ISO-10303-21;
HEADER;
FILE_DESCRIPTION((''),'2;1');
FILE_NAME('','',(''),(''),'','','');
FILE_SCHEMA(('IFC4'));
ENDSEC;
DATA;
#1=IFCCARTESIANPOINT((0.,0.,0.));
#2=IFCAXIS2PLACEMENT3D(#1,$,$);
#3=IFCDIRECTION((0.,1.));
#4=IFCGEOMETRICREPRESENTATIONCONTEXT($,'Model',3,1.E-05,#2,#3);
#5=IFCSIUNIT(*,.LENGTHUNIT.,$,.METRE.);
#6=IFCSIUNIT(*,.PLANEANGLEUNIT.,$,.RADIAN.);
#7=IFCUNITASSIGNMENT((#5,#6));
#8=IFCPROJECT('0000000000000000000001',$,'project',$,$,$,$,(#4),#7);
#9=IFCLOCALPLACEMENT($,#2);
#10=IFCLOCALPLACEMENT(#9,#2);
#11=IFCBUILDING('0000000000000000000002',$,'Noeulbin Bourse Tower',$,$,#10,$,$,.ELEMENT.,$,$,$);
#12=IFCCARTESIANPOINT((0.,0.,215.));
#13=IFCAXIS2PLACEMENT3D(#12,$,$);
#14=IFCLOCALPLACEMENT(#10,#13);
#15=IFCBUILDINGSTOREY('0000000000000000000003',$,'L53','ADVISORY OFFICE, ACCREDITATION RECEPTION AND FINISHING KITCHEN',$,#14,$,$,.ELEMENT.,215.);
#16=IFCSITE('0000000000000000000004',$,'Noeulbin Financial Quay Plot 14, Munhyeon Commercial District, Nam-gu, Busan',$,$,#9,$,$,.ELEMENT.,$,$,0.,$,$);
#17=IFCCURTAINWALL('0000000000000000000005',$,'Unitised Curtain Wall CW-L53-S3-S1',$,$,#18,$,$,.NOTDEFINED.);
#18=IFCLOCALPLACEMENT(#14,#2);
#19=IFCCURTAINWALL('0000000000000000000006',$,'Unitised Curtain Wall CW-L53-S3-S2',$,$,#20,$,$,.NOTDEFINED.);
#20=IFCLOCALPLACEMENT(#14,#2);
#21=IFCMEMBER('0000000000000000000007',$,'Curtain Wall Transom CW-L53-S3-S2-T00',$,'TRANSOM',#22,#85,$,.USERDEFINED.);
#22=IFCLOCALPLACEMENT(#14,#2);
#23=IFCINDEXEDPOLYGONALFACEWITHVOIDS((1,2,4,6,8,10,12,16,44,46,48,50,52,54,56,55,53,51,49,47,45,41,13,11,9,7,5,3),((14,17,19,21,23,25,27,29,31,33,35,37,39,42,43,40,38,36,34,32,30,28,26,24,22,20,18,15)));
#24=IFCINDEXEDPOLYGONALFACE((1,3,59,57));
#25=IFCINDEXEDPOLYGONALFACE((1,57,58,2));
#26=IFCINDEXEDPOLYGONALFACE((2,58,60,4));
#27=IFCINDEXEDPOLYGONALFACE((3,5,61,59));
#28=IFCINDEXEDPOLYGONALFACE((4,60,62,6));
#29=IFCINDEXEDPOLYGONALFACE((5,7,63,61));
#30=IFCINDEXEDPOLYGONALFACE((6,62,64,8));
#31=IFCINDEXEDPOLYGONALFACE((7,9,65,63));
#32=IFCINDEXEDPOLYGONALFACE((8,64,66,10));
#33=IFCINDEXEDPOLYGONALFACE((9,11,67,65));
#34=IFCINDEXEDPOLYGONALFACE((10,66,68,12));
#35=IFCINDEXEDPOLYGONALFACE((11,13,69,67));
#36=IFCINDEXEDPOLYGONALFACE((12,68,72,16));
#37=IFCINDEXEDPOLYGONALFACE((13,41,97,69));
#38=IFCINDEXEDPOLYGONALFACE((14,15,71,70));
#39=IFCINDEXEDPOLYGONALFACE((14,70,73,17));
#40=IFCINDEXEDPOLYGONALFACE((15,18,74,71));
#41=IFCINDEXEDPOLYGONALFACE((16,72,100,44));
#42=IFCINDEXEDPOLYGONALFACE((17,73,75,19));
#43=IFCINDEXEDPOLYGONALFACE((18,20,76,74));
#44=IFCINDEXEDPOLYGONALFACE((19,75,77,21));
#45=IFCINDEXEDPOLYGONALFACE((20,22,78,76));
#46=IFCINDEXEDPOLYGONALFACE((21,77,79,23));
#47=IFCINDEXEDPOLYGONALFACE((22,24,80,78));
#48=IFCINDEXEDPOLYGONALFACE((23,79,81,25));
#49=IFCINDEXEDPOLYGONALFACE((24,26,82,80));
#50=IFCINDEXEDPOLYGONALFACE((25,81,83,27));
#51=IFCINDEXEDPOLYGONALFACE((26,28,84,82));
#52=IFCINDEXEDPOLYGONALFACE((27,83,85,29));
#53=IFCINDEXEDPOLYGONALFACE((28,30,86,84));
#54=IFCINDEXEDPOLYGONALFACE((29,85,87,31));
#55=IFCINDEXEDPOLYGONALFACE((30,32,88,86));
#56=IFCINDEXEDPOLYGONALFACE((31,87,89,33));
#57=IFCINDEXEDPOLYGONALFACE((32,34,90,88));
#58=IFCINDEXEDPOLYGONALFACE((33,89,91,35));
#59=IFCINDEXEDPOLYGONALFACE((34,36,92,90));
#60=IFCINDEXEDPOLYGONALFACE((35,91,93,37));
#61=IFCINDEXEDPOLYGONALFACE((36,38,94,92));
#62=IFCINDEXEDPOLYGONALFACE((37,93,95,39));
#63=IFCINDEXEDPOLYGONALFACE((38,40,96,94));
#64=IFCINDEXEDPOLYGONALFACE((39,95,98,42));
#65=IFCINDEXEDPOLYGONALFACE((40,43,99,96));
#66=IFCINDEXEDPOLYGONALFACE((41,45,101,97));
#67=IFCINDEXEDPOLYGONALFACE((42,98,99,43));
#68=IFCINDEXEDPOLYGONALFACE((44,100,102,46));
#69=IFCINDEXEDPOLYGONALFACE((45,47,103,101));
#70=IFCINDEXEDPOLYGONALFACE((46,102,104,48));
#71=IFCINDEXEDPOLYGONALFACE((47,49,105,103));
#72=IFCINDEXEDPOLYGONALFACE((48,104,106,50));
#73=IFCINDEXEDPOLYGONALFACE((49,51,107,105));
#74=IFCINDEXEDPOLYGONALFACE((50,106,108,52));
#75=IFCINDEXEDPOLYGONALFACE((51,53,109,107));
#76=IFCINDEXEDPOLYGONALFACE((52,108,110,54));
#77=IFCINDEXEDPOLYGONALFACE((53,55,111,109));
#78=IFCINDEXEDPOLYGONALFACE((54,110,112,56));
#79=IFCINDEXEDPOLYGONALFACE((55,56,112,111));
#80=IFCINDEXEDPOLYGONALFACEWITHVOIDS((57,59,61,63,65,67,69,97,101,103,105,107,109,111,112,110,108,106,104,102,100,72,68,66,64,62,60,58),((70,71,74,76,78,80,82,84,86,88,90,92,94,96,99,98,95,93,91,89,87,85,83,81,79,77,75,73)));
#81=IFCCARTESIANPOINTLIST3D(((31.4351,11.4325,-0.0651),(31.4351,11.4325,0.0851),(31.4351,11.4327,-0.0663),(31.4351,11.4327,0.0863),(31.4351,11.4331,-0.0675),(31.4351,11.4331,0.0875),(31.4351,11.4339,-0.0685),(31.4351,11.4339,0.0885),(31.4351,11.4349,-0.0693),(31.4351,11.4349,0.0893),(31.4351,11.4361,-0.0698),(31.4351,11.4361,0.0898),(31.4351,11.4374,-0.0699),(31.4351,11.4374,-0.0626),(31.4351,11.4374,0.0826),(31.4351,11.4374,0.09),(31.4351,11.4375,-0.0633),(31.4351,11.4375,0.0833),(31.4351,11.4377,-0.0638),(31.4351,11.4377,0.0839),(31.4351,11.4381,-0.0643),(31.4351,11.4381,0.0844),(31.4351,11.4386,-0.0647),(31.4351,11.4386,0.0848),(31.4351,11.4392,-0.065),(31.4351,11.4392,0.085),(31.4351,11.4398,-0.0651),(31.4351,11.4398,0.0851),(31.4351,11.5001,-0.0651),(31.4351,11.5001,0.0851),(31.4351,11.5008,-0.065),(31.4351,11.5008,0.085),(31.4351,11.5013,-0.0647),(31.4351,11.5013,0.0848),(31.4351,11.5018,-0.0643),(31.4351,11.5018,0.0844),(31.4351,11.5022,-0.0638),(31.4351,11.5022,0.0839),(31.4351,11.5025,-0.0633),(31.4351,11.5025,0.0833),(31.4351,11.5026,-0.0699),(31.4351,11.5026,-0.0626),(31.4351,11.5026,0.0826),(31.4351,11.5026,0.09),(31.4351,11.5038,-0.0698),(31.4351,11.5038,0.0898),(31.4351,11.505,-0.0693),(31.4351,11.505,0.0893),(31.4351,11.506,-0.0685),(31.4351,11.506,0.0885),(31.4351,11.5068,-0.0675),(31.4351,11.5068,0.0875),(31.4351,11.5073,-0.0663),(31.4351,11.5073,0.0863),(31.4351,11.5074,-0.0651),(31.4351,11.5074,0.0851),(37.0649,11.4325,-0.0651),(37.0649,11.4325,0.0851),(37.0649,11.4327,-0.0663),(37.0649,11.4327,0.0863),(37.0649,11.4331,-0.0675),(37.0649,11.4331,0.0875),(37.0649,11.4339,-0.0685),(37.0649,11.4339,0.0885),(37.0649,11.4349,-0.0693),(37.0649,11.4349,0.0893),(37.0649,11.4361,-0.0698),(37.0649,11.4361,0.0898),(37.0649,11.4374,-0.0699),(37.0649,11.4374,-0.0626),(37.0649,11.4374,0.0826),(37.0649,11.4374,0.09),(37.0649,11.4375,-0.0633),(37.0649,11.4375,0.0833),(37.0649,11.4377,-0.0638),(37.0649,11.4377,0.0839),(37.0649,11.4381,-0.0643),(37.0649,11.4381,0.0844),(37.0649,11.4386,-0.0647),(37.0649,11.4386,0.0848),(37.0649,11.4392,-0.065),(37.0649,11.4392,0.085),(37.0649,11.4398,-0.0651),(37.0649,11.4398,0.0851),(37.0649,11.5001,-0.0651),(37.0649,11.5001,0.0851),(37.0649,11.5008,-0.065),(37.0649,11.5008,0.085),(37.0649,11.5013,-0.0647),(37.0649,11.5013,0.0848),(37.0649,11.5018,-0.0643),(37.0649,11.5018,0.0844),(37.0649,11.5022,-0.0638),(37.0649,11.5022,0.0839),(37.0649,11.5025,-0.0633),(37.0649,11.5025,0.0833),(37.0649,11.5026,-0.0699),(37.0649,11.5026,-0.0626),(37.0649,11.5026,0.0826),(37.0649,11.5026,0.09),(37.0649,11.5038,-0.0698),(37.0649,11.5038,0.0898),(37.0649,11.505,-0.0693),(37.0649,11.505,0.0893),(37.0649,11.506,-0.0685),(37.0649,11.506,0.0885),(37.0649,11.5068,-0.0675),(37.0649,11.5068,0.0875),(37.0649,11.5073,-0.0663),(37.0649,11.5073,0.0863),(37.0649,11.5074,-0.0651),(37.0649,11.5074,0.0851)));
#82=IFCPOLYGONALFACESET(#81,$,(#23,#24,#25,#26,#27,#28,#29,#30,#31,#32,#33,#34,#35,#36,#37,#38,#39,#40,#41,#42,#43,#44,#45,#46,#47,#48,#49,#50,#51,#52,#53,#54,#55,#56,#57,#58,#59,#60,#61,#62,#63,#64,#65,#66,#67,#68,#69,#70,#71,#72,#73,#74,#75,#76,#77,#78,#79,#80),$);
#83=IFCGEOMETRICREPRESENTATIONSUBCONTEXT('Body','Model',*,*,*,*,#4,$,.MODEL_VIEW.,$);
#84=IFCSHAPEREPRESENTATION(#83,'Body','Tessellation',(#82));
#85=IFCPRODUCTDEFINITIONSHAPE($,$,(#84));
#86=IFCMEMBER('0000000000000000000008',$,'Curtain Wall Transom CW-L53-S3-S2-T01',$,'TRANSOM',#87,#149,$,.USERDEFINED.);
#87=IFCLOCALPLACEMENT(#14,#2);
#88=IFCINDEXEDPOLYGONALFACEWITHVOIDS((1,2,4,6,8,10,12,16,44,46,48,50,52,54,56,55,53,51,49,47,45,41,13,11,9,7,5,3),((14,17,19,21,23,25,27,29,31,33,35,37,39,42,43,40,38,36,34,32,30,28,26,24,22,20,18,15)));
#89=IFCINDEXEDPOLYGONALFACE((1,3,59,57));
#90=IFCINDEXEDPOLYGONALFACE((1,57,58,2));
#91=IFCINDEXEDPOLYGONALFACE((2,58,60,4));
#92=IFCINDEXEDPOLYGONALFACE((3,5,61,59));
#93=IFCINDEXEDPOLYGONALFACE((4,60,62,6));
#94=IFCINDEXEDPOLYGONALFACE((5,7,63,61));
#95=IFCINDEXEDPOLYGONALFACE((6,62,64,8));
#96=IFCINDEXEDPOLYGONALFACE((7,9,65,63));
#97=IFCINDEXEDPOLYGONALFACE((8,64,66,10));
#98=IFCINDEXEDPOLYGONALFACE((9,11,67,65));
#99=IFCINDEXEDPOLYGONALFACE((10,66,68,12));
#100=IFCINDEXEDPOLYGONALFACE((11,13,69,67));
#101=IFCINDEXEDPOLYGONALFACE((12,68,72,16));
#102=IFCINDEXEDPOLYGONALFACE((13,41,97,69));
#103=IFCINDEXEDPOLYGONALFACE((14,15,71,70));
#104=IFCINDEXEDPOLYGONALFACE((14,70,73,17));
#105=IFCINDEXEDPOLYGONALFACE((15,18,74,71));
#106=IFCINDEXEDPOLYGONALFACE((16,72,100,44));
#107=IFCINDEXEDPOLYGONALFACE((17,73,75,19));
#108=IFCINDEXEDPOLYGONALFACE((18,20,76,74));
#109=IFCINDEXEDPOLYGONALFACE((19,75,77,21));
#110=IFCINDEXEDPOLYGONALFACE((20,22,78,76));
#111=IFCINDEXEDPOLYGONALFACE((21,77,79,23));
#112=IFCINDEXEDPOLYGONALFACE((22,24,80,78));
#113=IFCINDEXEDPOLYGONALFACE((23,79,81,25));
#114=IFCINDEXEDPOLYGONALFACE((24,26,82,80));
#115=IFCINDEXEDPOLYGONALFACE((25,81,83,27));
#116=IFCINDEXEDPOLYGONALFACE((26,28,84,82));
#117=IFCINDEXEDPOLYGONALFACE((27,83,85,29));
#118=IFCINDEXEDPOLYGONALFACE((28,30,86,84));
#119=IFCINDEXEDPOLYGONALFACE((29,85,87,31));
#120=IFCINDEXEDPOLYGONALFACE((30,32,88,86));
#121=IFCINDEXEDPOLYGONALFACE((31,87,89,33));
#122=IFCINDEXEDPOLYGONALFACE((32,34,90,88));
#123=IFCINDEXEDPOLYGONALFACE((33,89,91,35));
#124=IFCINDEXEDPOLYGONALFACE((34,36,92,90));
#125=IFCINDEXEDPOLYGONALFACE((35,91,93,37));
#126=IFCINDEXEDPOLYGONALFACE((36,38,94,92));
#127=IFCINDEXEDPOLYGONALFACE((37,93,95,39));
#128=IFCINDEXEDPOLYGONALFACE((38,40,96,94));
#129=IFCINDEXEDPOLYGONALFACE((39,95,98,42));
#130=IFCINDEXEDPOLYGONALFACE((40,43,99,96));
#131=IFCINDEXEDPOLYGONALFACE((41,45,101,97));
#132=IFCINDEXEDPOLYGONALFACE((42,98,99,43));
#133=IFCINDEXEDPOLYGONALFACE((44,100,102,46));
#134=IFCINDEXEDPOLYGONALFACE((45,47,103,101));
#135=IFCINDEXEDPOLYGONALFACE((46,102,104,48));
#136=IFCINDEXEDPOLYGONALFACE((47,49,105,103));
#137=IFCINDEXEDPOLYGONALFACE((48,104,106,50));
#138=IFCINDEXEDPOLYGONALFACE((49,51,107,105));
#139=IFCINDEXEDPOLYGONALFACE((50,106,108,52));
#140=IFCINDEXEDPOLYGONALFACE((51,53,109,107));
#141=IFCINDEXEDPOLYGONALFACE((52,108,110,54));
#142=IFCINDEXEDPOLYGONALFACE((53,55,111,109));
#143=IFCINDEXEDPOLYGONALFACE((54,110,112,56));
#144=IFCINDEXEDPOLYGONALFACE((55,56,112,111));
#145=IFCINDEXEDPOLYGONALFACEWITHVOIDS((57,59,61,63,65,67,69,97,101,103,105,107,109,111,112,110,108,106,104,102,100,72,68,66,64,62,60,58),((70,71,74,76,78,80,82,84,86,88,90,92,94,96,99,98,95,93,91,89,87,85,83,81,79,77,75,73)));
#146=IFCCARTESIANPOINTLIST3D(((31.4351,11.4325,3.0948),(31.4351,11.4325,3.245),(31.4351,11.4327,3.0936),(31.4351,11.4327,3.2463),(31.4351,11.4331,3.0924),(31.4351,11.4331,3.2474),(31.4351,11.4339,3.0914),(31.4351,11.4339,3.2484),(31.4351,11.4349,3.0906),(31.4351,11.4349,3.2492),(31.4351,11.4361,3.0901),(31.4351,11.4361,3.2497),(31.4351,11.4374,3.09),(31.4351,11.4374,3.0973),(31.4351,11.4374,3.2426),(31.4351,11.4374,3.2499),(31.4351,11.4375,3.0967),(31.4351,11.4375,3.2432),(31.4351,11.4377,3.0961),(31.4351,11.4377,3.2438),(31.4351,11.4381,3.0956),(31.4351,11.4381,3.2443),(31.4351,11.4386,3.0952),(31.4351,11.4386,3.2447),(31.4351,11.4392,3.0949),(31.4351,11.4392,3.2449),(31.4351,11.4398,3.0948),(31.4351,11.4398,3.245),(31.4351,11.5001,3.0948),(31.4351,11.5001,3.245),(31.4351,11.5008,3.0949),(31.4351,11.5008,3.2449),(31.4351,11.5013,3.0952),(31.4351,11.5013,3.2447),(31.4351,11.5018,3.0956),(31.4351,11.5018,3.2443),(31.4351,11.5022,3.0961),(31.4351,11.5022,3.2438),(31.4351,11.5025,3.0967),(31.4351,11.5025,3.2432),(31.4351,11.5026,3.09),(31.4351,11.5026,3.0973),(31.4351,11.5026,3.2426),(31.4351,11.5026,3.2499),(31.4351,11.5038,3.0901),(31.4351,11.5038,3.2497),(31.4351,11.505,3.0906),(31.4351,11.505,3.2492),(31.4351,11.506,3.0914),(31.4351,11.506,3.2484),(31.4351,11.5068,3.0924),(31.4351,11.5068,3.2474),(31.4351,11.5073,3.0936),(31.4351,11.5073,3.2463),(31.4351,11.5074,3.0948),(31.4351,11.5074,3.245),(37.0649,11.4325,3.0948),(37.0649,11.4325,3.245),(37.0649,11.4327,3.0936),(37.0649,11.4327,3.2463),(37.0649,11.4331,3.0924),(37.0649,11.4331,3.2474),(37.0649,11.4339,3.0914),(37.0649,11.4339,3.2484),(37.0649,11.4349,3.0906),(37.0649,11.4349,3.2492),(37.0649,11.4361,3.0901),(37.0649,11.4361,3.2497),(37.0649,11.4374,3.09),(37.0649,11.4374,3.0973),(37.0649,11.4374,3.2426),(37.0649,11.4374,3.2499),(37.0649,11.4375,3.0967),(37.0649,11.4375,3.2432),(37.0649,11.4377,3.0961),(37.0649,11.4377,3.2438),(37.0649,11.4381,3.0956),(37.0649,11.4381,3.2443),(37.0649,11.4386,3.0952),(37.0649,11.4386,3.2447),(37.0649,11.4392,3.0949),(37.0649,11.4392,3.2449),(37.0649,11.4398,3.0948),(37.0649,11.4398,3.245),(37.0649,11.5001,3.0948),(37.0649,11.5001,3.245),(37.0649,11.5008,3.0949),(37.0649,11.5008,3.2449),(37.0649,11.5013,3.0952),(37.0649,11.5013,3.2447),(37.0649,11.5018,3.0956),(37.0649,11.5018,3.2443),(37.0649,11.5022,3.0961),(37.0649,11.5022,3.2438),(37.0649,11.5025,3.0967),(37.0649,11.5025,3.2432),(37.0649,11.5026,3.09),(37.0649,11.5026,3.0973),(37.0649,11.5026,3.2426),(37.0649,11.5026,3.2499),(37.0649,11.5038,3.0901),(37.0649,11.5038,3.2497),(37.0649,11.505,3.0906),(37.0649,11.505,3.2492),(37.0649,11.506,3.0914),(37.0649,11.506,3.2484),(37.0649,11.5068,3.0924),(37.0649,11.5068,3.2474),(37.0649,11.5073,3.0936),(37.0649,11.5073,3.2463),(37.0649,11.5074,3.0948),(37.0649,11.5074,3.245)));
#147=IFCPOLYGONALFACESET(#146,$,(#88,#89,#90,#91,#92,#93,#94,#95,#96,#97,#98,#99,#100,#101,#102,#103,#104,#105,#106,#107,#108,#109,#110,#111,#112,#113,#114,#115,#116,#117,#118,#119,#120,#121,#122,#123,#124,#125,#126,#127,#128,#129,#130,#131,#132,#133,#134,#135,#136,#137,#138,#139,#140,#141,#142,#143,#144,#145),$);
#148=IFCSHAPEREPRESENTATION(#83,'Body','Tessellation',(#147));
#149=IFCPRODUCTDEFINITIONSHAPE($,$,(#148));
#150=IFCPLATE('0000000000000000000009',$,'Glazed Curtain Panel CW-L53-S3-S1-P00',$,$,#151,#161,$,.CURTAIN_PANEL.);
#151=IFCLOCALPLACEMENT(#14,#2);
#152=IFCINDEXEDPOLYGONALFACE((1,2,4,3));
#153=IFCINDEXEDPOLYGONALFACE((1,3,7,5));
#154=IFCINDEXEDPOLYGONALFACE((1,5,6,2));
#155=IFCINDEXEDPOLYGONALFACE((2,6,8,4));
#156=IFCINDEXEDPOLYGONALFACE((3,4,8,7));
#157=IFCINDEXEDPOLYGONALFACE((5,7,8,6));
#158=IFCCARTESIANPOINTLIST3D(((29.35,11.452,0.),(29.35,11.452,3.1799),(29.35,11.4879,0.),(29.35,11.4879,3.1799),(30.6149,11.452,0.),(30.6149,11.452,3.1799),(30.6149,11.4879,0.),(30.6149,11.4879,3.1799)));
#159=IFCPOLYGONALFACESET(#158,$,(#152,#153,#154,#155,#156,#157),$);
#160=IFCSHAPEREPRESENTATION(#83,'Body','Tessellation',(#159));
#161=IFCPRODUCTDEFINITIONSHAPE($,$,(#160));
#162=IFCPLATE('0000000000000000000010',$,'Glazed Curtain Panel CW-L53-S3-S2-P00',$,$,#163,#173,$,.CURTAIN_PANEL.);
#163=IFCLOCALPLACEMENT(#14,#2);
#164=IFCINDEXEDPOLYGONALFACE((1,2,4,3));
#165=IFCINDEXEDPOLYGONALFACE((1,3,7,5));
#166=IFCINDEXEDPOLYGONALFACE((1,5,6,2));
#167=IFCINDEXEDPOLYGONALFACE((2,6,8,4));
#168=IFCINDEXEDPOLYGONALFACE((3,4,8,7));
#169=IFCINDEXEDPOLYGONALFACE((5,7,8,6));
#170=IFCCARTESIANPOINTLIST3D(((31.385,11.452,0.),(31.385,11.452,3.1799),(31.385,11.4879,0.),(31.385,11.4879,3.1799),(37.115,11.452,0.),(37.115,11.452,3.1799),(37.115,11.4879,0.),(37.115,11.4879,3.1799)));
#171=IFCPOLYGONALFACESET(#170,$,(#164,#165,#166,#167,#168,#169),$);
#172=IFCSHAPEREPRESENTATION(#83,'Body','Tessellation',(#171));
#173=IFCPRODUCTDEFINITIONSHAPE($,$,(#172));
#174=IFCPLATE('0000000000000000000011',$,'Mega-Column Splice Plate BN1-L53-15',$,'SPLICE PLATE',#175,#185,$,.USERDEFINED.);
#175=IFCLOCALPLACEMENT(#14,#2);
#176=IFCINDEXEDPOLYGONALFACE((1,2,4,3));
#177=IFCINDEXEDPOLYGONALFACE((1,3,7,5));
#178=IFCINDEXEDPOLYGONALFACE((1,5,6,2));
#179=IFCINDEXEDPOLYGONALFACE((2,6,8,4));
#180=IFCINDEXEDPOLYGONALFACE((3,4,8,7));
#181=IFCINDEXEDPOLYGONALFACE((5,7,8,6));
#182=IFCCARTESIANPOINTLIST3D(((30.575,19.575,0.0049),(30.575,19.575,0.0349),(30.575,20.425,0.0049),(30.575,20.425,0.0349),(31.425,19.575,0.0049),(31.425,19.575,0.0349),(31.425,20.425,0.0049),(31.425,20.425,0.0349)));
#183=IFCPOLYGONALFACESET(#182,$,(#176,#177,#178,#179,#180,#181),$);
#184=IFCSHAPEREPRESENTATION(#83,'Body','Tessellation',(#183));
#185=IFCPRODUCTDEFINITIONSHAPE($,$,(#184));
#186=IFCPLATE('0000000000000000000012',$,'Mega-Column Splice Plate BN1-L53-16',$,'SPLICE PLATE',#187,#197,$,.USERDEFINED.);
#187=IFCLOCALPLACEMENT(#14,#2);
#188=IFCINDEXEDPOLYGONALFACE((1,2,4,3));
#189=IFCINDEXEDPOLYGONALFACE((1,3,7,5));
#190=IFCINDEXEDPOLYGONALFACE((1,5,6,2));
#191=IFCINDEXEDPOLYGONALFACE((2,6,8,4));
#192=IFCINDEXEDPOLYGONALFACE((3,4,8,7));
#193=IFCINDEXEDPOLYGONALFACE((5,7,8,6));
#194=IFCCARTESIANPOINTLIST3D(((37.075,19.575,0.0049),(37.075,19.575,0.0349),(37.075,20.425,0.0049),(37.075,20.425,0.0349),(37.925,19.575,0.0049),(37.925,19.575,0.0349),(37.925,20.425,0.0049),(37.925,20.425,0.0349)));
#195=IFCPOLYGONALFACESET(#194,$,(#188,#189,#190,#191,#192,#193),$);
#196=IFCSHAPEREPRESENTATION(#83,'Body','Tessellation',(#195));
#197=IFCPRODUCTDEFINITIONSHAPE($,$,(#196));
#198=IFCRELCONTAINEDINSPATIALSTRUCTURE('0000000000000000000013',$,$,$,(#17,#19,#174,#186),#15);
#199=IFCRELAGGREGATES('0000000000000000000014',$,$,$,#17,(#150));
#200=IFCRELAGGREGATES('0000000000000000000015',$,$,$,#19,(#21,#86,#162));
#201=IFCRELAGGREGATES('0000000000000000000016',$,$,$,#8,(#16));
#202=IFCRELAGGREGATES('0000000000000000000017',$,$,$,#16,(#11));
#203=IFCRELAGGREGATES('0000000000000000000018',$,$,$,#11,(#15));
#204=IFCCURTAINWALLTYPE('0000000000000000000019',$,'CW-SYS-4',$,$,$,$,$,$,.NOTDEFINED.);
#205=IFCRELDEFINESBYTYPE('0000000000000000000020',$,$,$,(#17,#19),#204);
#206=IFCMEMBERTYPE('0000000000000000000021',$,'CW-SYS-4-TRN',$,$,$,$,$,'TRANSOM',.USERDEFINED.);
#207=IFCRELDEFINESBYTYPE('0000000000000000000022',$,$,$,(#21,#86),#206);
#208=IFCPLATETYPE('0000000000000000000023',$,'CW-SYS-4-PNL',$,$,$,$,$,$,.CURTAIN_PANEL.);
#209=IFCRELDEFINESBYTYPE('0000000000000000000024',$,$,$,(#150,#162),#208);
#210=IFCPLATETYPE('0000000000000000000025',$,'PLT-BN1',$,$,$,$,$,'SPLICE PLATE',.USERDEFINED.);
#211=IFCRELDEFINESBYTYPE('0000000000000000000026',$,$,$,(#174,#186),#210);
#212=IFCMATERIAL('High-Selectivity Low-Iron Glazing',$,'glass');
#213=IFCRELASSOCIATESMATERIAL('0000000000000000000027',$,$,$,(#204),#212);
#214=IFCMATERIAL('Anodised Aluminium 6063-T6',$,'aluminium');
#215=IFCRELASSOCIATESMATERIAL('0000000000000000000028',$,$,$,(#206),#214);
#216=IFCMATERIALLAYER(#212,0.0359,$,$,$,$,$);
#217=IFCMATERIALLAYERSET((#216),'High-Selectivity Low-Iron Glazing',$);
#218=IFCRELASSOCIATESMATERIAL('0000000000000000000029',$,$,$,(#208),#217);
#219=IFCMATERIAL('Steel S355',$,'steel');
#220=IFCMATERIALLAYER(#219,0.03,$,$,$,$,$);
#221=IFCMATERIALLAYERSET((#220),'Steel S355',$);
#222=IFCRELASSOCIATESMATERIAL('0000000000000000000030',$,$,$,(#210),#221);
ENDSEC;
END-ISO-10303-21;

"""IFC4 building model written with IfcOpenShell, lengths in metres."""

from ifc_helpers import new_model, si_unit, direction, frame, origin, origin_2d, place, context, subcontext, project, spatial, rectangle, hollow_rectangle, extrude, material, layer, layer_set, material_profile, profile_set, type_object, element, aggregate, save


model = new_model("IFC4")

# Units and contexts
model_context = context("Model", 3, precision=1e-05, world=origin(), true_north=direction((0.0, 1.0)))
body_context = subcontext(model_context, "Body", "Model", "MODEL_VIEW")
ifc_project = project(units=[si_unit("LENGTHUNIT", "METRE"), si_unit("PLANEANGLEUNIT", "RADIAN")], contexts=[model_context])

# Site, building, storey
site_placement = place(None, origin())
site = spatial("IfcSite", under=ifc_project, at=site_placement, Name="Noeulbin Financial Quay Plot 14, Munhyeon Commercial District, Nam-gu, Busan", CompositionType="ELEMENT", RefElevation=0.0)
building_placement = place(site_placement, origin())
building = spatial("IfcBuilding", under=site, at=building_placement, Name="Noeulbin Bourse Tower", CompositionType="ELEMENT")
storey_placement = place(building_placement, frame((0.0, 0.0, 215.0)))
storey = spatial("IfcBuildingStorey", under=building, at=storey_placement, Name="L53", Description="ADVISORY OFFICE, ACCREDITATION RECEPTION AND FINISHING KITCHEN", CompositionType="ELEMENT", Elevation=215.0)

# Shared definitions
ifc_material_1 = material(Name="Steel S355", Category="steel")

# Curtain walls
ifc_material_2 = material(Name="High-Selectivity Low-Iron Glazing", Category="glass")
curtain_wall_type = type_object("IfcCurtainWallType", Name="CW-SYS-4", PredefinedType="NOTDEFINED", material=ifc_material_2)
curtain_wall_1_placement = place(storey_placement, origin())
curtain_wall_1 = element("IfcCurtainWall", 1, at=curtain_wall_1_placement, inside=storey, type_object=curtain_wall_type, Name="Unitised Curtain Wall CW-L53-S3-S1", PredefinedType="NOTDEFINED")
ifc_material_3 = material(Name="Anodised Aluminium 6063-T6", Category="aluminium")
curtain_wall_2_placement = place(storey_placement, origin())
curtain_wall_2 = element("IfcCurtainWall", 2, at=curtain_wall_2_placement, inside=storey, type_object=curtain_wall_type, Name="Unitised Curtain Wall CW-L53-S3-S2", PredefinedType="NOTDEFINED")

# Members
ifc_material_profile_1 = material_profile(ifc_material_3, hollow_rectangle(XDim=0.075, YDim=0.1599, WallThickness=0.0049, InnerFilletRadius=0.0024, OuterFilletRadius=0.0049, at=origin_2d()), Name="ALU-TRAN-75x160x5", Category="LoadBearing")
ifc_profile_set_1 = profile_set([ifc_material_profile_1], Name="Anodised Aluminium 6063-T6")
member_type_1 = type_object("IfcMemberType", Name="CW-SYS-4-TRN", ElementType="TRANSOM", PredefinedType="USERDEFINED", material=ifc_profile_set_1)
member_1_placement = place(storey_placement, frame((31.4351, 11.47, 0.01), z_axis=(1.0, 0.0, 0.0), x_axis=(0.0, 1.0, 0.0)))
member_1 = element("IfcMember", 3, at=member_1_placement, type_object=member_type_1, Name="Curtain Wall Transom CW-L53-S3-S2-T00", ObjectType="TRANSOM", PredefinedType="USERDEFINED", context=body_context, shape_type="SweptSolid", body=[
    extrude(hollow_rectangle(XDim=0.075, YDim=0.1599, WallThickness=0.0049, InnerFilletRadius=0.0024, OuterFilletRadius=0.0049, at=origin_2d()), origin(), (0.0, 0.0, 1.0), 5.6299),
])
member_2_placement = place(storey_placement, frame((31.4351, 11.47, 3.1699), z_axis=(1.0, 0.0, 0.0), x_axis=(0.0, 1.0, 0.0)))
member_2 = element("IfcMember", 4, at=member_2_placement, type_object=member_type_1, Name="Curtain Wall Transom CW-L53-S3-S2-T01", ObjectType="TRANSOM", PredefinedType="USERDEFINED", context=body_context, shape_type="SweptSolid", body=[
    extrude(hollow_rectangle(XDim=0.075, YDim=0.1599, WallThickness=0.0049, InnerFilletRadius=0.0024, OuterFilletRadius=0.0049, at=origin_2d()), origin(), (0.0, 0.0, 1.0), 5.6299),
])

# Plates
ifc_layer_1 = layer(ifc_material_2, 0.0359)
ifc_layer_set_1 = layer_set([ifc_layer_1], Name="High-Selectivity Low-Iron Glazing")
plate_type_1 = type_object("IfcPlateType", Name="CW-SYS-4-PNL", PredefinedType="CURTAIN_PANEL", material=ifc_layer_set_1)
plate_1_placement = place(storey_placement, frame((29.9824, 11.47, 0.0), z_axis=(0.0, 0.0, 1.0), x_axis=(1.0, 0.0, 0.0)))
plate_1 = element("IfcPlate", 5, at=plate_1_placement, type_object=plate_type_1, Name="Glazed Curtain Panel CW-L53-S3-S1-P00", PredefinedType="CURTAIN_PANEL", context=body_context, shape_type="SweptSolid", body=[
    extrude(rectangle(XDim=1.2649, YDim=0.0359, at=origin_2d()), origin(), (0.0, 0.0, 1.0), 3.1799),
])
aggregate(curtain_wall_1, [plate_1])
plate_2_placement = place(storey_placement, frame((34.25, 11.47, 0.0), z_axis=(0.0, 0.0, 1.0), x_axis=(1.0, 0.0, 0.0)))
plate_2 = element("IfcPlate", 6, at=plate_2_placement, type_object=plate_type_1, Name="Glazed Curtain Panel CW-L53-S3-S2-P00", PredefinedType="CURTAIN_PANEL", context=body_context, shape_type="SweptSolid", body=[
    extrude(rectangle(XDim=5.73, YDim=0.0359, at=origin_2d()), origin(), (0.0, 0.0, 1.0), 3.1799),
])
aggregate(curtain_wall_2, [member_1, member_2, plate_2])

# Plates
ifc_layer_2 = layer(ifc_material_1, 0.03)
ifc_layer_set_2 = layer_set([ifc_layer_2], Name="Steel S355")
plate_type_2 = type_object("IfcPlateType", Name="PLT-BN1", ElementType="SPLICE PLATE", PredefinedType="USERDEFINED", material=ifc_layer_set_2)
for number, where, z_axis, x_axis, name in (
    (7, (31.0, 20.0, 0.0049), (0.0, 0.0, 1.0), (1.0, 0.0, 0.0), "Mega-Column Splice Plate BN1-L53-15"),
    (8, (37.5, 20.0, 0.0049), (0.0, 0.0, 1.0), (1.0, 0.0, 0.0), "Mega-Column Splice Plate BN1-L53-16"),
):
    element("IfcPlate", number, at=place(storey_placement, frame(where, z_axis=z_axis, x_axis=x_axis)), inside=storey, type_object=plate_type_2, Name=name, ObjectType="SPLICE PLATE", PredefinedType="USERDEFINED", context=body_context, shape_type="SweptSolid", body=[
        extrude(rectangle(XDim=0.8501, YDim=0.8501, at=origin_2d()), origin(), (0.0, 0.0, 1.0), 0.03),
    ])

save(model, "model.ifc")
